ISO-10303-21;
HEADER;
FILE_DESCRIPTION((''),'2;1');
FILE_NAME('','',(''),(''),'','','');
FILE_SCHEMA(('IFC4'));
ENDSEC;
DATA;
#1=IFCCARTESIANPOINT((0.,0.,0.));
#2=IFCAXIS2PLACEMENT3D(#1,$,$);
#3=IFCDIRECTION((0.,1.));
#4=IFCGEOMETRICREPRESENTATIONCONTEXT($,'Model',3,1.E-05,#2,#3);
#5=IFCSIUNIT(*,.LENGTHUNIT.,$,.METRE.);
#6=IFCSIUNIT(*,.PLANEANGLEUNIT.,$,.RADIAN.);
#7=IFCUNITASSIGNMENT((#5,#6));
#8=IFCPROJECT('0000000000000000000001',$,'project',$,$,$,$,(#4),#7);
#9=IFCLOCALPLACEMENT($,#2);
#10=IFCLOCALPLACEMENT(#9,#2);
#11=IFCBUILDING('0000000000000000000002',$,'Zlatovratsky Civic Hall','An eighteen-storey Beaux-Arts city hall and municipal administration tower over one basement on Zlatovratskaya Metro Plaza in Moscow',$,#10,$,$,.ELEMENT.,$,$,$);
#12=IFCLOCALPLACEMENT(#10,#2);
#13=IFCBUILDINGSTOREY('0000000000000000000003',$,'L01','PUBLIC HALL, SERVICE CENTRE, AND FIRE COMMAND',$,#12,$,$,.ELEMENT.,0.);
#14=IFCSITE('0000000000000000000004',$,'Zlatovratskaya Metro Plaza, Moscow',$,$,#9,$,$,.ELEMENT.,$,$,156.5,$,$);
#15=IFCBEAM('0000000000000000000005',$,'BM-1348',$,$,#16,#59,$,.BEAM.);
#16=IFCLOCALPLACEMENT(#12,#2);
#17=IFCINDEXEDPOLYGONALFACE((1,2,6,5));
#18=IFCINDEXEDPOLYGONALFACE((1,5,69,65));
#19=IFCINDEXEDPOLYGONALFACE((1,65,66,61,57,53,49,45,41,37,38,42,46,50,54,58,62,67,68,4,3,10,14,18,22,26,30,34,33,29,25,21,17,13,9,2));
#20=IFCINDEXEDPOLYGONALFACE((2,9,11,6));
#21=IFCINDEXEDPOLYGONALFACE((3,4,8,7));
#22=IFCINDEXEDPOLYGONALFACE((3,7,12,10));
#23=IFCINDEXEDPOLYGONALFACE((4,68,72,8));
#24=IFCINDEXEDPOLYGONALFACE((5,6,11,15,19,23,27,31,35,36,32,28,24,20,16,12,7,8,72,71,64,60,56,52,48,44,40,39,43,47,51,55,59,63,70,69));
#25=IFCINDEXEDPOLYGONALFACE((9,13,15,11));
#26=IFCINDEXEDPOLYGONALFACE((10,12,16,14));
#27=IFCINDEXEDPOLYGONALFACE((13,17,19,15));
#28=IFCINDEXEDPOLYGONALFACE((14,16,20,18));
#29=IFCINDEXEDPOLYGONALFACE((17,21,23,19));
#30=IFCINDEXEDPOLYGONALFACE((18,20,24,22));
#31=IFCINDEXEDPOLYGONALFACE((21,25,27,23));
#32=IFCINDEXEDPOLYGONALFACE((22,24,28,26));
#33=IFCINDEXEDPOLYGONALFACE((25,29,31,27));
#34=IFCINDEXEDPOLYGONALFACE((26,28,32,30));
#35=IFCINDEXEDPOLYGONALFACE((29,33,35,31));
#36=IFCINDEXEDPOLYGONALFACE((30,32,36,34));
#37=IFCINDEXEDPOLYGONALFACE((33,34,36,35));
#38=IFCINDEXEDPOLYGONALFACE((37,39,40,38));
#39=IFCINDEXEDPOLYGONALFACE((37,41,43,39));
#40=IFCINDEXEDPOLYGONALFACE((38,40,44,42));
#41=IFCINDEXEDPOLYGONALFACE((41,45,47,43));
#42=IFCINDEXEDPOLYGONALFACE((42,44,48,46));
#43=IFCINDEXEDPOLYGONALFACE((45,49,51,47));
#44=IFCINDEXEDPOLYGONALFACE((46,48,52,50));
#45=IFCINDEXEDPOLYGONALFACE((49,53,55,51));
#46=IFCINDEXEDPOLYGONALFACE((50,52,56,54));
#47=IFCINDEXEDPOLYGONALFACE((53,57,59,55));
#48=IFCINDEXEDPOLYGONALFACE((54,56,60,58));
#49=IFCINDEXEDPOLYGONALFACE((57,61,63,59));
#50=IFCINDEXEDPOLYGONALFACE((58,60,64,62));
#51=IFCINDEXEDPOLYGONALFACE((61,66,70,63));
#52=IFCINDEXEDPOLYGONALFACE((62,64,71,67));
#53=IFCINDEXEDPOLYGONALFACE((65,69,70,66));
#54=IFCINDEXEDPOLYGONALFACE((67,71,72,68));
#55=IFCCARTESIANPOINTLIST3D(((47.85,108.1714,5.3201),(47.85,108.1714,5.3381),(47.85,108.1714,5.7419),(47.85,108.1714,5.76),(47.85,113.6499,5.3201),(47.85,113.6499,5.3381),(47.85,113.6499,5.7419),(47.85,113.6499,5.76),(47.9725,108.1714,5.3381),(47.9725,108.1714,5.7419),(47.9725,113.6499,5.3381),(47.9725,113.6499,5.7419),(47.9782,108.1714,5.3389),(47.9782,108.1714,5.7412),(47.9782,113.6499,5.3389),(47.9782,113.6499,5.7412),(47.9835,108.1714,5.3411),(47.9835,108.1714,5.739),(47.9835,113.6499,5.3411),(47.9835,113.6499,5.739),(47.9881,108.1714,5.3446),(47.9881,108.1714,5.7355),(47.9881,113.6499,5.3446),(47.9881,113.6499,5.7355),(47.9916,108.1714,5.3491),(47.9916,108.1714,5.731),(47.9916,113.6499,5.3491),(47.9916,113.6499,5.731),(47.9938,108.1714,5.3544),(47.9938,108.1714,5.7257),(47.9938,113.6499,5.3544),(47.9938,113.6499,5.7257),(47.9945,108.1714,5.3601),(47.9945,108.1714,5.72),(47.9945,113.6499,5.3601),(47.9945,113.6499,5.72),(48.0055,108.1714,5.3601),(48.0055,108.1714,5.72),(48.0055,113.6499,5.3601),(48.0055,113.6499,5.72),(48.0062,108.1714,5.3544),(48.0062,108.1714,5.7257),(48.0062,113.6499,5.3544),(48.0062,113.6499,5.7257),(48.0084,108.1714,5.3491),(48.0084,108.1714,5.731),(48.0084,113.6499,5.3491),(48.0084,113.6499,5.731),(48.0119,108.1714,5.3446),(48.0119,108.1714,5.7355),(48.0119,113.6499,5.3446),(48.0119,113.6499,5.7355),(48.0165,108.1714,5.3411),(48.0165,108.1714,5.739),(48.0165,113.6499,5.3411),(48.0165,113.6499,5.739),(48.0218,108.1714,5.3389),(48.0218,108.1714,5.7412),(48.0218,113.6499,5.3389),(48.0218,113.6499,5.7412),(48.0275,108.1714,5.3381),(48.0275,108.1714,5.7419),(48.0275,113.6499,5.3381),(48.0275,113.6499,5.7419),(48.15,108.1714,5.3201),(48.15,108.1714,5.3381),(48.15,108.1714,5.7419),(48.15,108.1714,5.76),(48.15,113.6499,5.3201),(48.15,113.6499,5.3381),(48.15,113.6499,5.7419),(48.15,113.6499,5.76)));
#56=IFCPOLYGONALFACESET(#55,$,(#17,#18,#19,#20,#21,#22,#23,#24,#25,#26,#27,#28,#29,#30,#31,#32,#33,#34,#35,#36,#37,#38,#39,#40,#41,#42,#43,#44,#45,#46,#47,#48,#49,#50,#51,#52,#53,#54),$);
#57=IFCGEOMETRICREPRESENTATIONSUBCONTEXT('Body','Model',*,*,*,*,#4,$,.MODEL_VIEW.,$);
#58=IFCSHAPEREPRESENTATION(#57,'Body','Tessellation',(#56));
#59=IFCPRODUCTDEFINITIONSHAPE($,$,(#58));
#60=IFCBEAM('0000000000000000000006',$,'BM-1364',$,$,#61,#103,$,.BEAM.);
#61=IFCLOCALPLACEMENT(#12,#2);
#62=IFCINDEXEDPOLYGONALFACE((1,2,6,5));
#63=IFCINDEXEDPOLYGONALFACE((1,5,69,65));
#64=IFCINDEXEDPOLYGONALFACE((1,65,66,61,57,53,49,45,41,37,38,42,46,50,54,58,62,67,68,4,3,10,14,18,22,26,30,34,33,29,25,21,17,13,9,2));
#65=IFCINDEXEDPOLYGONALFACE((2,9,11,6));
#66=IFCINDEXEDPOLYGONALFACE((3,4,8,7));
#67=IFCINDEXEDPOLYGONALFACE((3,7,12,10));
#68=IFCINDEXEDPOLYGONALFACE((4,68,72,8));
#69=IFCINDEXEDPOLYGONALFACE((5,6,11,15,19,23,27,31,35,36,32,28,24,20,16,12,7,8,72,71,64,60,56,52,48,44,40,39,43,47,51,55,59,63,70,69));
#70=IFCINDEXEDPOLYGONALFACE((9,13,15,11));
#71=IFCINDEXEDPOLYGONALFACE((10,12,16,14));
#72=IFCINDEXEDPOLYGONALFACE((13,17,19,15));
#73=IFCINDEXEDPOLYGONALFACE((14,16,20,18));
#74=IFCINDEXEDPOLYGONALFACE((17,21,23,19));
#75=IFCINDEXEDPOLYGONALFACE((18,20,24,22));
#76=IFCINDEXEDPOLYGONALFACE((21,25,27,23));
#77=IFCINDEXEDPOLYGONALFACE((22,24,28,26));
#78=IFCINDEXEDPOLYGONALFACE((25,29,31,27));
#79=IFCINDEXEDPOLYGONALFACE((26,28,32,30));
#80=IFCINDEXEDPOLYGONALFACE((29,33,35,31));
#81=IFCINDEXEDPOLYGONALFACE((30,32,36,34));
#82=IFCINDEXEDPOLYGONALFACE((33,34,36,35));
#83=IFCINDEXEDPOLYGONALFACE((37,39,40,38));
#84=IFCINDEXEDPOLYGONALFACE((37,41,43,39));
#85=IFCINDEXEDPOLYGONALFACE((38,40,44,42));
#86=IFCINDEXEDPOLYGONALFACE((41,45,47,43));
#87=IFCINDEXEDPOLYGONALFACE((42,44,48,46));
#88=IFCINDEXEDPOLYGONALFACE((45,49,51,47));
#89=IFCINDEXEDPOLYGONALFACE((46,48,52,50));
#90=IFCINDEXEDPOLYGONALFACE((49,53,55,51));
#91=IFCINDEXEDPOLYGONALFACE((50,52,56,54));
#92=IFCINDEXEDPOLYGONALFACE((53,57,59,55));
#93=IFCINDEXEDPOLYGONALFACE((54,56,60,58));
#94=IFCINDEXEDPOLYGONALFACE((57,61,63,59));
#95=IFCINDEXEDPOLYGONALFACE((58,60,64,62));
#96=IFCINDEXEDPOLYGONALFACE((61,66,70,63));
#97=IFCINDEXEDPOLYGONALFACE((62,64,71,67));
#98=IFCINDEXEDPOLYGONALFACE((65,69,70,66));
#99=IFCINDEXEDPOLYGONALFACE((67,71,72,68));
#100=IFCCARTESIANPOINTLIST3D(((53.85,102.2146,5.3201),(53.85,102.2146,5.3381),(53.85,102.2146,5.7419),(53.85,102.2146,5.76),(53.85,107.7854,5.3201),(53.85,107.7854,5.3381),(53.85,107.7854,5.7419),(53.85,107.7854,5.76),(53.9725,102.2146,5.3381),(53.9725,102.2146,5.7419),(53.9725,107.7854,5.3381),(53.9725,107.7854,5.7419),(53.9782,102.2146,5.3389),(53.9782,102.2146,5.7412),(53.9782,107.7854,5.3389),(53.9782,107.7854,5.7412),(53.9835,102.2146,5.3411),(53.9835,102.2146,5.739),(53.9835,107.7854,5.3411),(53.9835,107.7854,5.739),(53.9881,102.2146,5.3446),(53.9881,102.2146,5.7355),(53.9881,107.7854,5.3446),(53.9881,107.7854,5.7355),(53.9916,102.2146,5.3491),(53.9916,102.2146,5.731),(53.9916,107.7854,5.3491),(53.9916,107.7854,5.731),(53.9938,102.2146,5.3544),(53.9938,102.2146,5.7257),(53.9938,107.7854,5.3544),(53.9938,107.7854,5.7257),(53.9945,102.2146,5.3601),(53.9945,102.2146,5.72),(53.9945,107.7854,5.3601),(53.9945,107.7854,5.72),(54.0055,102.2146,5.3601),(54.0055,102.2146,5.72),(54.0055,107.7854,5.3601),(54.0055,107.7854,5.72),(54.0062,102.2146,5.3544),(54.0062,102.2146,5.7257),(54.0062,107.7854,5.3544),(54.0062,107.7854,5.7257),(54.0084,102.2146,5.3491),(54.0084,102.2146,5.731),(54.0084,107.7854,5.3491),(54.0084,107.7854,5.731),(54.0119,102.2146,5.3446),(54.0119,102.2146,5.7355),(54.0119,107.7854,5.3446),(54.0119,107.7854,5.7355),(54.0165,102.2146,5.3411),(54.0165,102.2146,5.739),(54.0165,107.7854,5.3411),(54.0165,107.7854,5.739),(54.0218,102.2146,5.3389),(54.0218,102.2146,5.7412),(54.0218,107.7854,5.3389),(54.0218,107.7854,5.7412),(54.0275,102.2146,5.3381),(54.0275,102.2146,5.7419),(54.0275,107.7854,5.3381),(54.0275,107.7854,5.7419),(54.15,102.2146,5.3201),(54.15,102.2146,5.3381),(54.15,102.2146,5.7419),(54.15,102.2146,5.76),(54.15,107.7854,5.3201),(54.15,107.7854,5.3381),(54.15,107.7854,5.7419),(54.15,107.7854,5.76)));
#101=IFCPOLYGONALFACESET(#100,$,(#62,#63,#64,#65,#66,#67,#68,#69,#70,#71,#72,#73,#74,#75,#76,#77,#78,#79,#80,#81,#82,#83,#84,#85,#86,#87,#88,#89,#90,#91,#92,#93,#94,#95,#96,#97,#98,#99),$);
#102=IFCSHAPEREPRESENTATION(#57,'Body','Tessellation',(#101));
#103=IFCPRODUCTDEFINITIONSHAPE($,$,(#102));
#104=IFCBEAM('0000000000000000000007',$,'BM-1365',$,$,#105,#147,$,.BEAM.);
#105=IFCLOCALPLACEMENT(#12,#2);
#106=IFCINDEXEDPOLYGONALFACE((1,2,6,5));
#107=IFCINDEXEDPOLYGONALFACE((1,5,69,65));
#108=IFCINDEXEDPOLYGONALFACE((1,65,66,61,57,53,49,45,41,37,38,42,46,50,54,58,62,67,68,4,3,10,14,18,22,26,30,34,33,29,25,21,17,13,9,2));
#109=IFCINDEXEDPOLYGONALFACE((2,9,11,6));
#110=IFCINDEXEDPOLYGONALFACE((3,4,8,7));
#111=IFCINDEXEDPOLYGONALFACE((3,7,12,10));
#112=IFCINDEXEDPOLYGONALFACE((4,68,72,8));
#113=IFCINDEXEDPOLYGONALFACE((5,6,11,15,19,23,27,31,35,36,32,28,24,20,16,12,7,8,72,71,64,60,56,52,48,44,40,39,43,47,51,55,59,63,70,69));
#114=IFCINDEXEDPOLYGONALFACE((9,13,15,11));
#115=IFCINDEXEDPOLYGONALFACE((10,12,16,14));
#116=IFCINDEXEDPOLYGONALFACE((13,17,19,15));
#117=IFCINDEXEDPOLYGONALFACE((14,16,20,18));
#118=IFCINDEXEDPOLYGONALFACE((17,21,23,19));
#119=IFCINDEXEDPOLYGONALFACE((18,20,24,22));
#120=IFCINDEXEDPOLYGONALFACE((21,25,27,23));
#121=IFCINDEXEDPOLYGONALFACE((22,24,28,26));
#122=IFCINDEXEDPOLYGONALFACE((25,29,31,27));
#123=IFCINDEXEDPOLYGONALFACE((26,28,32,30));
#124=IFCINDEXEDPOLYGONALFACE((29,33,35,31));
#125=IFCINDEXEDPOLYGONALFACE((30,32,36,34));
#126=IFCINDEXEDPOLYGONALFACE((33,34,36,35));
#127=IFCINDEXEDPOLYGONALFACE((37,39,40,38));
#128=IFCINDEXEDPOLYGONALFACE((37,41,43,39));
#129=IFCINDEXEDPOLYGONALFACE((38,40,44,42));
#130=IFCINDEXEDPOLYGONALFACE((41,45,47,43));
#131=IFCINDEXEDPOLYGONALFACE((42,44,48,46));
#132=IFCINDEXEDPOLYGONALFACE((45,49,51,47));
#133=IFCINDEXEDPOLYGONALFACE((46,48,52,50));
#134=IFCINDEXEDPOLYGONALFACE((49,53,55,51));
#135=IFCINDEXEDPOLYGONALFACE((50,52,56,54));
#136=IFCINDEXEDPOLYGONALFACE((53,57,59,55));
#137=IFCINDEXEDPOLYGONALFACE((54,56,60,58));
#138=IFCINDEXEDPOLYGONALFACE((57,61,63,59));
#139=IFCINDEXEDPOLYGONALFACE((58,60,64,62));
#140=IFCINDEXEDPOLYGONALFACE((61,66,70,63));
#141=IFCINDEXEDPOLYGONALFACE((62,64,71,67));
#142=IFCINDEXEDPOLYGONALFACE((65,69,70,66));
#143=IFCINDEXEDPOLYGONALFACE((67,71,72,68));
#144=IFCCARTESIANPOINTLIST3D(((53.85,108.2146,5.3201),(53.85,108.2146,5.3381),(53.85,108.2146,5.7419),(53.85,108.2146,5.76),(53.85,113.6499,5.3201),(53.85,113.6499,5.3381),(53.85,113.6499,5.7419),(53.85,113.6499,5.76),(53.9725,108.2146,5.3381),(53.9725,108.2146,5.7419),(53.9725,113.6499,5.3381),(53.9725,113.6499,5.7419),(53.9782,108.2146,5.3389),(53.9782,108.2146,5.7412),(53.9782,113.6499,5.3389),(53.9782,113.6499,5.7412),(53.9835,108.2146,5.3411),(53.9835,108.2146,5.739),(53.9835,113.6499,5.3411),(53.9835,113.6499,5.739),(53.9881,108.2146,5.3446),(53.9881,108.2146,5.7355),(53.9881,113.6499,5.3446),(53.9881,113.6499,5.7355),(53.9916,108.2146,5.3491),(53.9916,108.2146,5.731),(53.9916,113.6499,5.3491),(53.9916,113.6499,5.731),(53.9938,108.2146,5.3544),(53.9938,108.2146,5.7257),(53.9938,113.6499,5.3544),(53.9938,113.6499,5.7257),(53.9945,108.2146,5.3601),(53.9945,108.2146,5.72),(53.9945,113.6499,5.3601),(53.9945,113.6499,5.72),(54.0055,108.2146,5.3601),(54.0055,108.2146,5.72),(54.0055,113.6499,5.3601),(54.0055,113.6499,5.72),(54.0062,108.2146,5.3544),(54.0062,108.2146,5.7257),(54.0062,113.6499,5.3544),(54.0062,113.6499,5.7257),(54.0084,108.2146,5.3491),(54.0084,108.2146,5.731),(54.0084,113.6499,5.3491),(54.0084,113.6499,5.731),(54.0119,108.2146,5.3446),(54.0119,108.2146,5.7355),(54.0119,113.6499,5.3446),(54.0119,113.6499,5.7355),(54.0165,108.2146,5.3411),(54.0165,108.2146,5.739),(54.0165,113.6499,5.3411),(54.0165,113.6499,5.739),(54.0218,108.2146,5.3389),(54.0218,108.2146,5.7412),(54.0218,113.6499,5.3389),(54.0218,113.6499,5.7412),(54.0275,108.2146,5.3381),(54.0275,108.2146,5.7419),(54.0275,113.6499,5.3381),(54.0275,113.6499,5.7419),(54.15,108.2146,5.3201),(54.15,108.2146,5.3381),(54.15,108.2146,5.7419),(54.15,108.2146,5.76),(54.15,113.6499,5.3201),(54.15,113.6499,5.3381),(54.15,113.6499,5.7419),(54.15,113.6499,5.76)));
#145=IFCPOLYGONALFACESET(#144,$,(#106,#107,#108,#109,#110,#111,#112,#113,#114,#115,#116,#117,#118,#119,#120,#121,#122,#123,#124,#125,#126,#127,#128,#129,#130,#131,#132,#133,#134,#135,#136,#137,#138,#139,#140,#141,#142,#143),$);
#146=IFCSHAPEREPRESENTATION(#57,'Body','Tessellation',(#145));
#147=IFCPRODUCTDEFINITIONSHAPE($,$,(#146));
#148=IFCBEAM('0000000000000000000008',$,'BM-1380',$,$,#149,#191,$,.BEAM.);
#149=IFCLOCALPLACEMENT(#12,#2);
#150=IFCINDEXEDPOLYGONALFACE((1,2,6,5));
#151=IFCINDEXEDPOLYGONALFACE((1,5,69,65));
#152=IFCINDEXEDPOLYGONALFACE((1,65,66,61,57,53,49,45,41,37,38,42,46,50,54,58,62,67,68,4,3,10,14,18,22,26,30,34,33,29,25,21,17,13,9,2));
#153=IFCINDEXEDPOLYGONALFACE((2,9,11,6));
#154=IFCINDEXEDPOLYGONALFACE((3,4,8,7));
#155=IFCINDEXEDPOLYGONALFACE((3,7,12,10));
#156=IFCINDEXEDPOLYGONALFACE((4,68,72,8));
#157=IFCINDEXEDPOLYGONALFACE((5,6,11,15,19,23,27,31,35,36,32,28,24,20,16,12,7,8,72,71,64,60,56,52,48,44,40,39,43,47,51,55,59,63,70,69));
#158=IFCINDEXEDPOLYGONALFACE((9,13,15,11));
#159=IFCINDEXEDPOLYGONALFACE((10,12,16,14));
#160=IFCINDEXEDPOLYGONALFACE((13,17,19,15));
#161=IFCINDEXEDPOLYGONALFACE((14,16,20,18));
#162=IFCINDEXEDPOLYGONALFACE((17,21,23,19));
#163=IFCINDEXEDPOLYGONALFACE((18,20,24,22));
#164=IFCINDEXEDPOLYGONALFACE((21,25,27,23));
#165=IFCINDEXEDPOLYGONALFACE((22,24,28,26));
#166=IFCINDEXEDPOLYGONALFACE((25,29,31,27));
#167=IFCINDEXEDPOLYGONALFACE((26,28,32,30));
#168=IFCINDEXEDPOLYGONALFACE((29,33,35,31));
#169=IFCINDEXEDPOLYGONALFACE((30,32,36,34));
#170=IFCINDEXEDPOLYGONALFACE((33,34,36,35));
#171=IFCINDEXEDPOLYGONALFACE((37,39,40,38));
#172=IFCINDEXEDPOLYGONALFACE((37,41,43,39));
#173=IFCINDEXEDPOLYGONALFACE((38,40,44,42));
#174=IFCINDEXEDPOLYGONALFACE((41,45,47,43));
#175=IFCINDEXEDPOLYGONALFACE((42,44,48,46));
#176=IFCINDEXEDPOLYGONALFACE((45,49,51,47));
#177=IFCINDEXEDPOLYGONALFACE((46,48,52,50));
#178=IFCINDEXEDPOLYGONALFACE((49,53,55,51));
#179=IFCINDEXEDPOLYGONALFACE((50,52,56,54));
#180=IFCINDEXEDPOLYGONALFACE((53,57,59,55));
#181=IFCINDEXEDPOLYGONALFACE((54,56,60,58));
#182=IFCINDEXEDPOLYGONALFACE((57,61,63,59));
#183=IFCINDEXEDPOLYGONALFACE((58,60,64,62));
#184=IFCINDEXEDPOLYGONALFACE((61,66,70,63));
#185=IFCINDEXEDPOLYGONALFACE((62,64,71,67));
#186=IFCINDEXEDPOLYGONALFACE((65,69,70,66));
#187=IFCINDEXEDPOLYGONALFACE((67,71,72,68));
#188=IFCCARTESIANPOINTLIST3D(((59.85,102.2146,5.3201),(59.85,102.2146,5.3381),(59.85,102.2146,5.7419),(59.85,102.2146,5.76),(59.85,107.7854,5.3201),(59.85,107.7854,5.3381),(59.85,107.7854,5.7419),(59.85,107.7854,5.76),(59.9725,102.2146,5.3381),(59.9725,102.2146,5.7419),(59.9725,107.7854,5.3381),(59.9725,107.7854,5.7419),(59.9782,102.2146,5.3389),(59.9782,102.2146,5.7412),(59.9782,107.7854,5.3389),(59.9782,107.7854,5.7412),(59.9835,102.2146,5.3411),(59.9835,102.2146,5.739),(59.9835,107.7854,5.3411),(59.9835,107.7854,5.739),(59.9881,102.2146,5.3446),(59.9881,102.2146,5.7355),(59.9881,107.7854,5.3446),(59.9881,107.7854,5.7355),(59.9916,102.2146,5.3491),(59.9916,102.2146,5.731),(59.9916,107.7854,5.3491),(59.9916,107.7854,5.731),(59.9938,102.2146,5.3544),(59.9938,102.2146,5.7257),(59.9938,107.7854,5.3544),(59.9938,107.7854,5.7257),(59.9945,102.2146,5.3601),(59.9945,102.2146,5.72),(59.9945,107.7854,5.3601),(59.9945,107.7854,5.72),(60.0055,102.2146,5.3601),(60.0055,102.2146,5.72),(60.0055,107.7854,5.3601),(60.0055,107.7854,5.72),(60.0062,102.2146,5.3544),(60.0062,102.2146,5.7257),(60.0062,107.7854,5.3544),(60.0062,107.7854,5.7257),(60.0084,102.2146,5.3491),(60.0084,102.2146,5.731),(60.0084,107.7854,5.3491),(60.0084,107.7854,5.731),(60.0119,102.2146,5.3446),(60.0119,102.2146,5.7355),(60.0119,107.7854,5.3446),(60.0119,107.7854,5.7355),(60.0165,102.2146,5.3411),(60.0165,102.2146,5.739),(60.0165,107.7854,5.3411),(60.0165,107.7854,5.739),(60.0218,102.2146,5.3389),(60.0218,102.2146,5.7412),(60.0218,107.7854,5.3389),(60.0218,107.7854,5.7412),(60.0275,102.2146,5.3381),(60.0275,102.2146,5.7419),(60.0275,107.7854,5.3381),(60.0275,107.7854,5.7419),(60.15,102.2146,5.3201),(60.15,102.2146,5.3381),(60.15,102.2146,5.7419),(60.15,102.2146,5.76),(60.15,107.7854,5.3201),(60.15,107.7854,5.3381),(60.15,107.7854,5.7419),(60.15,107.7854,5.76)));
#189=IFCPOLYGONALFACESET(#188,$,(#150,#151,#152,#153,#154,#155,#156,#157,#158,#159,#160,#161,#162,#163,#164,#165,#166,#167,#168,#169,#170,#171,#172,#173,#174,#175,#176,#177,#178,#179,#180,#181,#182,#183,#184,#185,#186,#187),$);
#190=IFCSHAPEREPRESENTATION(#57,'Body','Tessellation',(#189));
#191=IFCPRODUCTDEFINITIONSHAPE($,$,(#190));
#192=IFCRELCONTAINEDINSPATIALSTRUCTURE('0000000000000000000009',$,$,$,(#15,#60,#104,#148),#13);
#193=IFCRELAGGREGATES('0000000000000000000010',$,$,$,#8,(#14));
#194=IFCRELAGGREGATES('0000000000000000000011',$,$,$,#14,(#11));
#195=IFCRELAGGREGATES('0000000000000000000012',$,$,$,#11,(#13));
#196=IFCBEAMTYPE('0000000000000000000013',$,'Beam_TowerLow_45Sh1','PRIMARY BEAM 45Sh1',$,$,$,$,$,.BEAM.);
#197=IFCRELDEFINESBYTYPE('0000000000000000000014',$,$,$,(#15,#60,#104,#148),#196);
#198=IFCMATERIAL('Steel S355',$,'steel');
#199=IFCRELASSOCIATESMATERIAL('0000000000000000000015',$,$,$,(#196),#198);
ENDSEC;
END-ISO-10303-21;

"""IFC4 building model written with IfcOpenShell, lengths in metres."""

from ifc_helpers import new_model, si_unit, direction, frame, origin, origin_2d, place, context, subcontext, project, spatial, i_section, extrude, material, material_profile, profile_set, type_object, element, save


model = new_model("IFC4")

# Units and contexts
model_context = context("Model", 3, precision=1e-05, world=origin(), true_north=direction((0.0, 1.0)))
body_context = subcontext(model_context, "Body", "Model", "MODEL_VIEW")
ifc_project = project(units=[si_unit("LENGTHUNIT", "METRE"), si_unit("PLANEANGLEUNIT", "RADIAN")], contexts=[model_context])

# Site, building, storey
site_placement = place(None, origin())
site = spatial("IfcSite", under=ifc_project, at=site_placement, Name="Zlatovratskaya Metro Plaza, Moscow", CompositionType="ELEMENT", RefElevation=156.5)
building_placement = place(site_placement, origin())
building = spatial("IfcBuilding", under=site, at=building_placement, Name="Zlatovratsky Civic Hall", Description="An eighteen-storey Beaux-Arts city hall and municipal administration tower over one basement on Zlatovratskaya Metro Plaza in Moscow", CompositionType="ELEMENT")
storey_placement = place(building_placement, origin())
storey = spatial("IfcBuildingStorey", under=building, at=storey_placement, Name="L01", Description="PUBLIC HALL, SERVICE CENTRE, AND FIRE COMMAND", CompositionType="ELEMENT", Elevation=0.0)

# Shared definitions
ifc_material_1 = material(Name="Steel S355", Category="steel")

# Beams
ifc_material_profile_1 = material_profile(ifc_material_1, i_section(OverallWidth=0.3, OverallDepth=0.4399, WebThickness=0.011, FlangeThickness=0.0181, FilletRadius=0.022, at=origin_2d()), Name="45Sh1")
ifc_profile_set_1 = profile_set([ifc_material_profile_1], Name="Steel S355")
beam_type_1 = type_object("IfcBeamType", Name="Beam_TowerLow_45Sh1", Description="PRIMARY BEAM 45Sh1", PredefinedType="BEAM", material=ifc_profile_set_1)
beam_1_placement = place(storey_placement, frame((48.0, 108.1714, 5.54), z_axis=(0.0, 1.0, 0.0), x_axis=(-1.0, 0.0, 0.0)))
element("IfcBeam", 1, at=beam_1_placement, inside=storey, type_object=beam_type_1, Name="BM-1348", PredefinedType="BEAM", context=body_context, shape_type="SweptSolid", body=[
    extrude(i_section(OverallWidth=0.3, OverallDepth=0.4399, WebThickness=0.011, FlangeThickness=0.0181, FilletRadius=0.022, at=origin_2d()), origin(), (0.0, 0.0, 1.0), 5.4785),
])
beam_2_placement = place(storey_placement, frame((54.0, 102.2146, 5.54), z_axis=(0.0, 1.0, 0.0), x_axis=(-1.0, 0.0, 0.0)))
element("IfcBeam", 2, at=beam_2_placement, inside=storey, type_object=beam_type_1, Name="BM-1364", PredefinedType="BEAM", context=body_context, shape_type="SweptSolid", body=[
    extrude(i_section(OverallWidth=0.3, OverallDepth=0.4399, WebThickness=0.011, FlangeThickness=0.0181, FilletRadius=0.022, at=origin_2d()), origin(), (0.0, 0.0, 1.0), 5.5708),
])
beam_3_placement = place(storey_placement, frame((54.0, 108.2146, 5.54), z_axis=(0.0, 1.0, 0.0), x_axis=(-1.0, 0.0, 0.0)))
element("IfcBeam", 3, at=beam_3_placement, inside=storey, type_object=beam_type_1, Name="BM-1365", PredefinedType="BEAM", context=body_context, shape_type="SweptSolid", body=[
    extrude(i_section(OverallWidth=0.3, OverallDepth=0.4399, WebThickness=0.011, FlangeThickness=0.0181, FilletRadius=0.022, at=origin_2d()), origin(), (0.0, 0.0, 1.0), 5.4353),
])
beam_4_placement = place(storey_placement, frame((60.0, 102.2146, 5.54), z_axis=(0.0, 1.0, 0.0), x_axis=(-1.0, 0.0, 0.0)))
element("IfcBeam", 4, at=beam_4_placement, inside=storey, type_object=beam_type_1, Name="BM-1380", PredefinedType="BEAM", context=body_context, shape_type="SweptSolid", body=[
    extrude(i_section(OverallWidth=0.3, OverallDepth=0.4399, WebThickness=0.011, FlangeThickness=0.0181, FilletRadius=0.022, at=origin_2d()), origin(), (0.0, 0.0, 1.0), 5.5708),
])

save(model, "model.ifc")
